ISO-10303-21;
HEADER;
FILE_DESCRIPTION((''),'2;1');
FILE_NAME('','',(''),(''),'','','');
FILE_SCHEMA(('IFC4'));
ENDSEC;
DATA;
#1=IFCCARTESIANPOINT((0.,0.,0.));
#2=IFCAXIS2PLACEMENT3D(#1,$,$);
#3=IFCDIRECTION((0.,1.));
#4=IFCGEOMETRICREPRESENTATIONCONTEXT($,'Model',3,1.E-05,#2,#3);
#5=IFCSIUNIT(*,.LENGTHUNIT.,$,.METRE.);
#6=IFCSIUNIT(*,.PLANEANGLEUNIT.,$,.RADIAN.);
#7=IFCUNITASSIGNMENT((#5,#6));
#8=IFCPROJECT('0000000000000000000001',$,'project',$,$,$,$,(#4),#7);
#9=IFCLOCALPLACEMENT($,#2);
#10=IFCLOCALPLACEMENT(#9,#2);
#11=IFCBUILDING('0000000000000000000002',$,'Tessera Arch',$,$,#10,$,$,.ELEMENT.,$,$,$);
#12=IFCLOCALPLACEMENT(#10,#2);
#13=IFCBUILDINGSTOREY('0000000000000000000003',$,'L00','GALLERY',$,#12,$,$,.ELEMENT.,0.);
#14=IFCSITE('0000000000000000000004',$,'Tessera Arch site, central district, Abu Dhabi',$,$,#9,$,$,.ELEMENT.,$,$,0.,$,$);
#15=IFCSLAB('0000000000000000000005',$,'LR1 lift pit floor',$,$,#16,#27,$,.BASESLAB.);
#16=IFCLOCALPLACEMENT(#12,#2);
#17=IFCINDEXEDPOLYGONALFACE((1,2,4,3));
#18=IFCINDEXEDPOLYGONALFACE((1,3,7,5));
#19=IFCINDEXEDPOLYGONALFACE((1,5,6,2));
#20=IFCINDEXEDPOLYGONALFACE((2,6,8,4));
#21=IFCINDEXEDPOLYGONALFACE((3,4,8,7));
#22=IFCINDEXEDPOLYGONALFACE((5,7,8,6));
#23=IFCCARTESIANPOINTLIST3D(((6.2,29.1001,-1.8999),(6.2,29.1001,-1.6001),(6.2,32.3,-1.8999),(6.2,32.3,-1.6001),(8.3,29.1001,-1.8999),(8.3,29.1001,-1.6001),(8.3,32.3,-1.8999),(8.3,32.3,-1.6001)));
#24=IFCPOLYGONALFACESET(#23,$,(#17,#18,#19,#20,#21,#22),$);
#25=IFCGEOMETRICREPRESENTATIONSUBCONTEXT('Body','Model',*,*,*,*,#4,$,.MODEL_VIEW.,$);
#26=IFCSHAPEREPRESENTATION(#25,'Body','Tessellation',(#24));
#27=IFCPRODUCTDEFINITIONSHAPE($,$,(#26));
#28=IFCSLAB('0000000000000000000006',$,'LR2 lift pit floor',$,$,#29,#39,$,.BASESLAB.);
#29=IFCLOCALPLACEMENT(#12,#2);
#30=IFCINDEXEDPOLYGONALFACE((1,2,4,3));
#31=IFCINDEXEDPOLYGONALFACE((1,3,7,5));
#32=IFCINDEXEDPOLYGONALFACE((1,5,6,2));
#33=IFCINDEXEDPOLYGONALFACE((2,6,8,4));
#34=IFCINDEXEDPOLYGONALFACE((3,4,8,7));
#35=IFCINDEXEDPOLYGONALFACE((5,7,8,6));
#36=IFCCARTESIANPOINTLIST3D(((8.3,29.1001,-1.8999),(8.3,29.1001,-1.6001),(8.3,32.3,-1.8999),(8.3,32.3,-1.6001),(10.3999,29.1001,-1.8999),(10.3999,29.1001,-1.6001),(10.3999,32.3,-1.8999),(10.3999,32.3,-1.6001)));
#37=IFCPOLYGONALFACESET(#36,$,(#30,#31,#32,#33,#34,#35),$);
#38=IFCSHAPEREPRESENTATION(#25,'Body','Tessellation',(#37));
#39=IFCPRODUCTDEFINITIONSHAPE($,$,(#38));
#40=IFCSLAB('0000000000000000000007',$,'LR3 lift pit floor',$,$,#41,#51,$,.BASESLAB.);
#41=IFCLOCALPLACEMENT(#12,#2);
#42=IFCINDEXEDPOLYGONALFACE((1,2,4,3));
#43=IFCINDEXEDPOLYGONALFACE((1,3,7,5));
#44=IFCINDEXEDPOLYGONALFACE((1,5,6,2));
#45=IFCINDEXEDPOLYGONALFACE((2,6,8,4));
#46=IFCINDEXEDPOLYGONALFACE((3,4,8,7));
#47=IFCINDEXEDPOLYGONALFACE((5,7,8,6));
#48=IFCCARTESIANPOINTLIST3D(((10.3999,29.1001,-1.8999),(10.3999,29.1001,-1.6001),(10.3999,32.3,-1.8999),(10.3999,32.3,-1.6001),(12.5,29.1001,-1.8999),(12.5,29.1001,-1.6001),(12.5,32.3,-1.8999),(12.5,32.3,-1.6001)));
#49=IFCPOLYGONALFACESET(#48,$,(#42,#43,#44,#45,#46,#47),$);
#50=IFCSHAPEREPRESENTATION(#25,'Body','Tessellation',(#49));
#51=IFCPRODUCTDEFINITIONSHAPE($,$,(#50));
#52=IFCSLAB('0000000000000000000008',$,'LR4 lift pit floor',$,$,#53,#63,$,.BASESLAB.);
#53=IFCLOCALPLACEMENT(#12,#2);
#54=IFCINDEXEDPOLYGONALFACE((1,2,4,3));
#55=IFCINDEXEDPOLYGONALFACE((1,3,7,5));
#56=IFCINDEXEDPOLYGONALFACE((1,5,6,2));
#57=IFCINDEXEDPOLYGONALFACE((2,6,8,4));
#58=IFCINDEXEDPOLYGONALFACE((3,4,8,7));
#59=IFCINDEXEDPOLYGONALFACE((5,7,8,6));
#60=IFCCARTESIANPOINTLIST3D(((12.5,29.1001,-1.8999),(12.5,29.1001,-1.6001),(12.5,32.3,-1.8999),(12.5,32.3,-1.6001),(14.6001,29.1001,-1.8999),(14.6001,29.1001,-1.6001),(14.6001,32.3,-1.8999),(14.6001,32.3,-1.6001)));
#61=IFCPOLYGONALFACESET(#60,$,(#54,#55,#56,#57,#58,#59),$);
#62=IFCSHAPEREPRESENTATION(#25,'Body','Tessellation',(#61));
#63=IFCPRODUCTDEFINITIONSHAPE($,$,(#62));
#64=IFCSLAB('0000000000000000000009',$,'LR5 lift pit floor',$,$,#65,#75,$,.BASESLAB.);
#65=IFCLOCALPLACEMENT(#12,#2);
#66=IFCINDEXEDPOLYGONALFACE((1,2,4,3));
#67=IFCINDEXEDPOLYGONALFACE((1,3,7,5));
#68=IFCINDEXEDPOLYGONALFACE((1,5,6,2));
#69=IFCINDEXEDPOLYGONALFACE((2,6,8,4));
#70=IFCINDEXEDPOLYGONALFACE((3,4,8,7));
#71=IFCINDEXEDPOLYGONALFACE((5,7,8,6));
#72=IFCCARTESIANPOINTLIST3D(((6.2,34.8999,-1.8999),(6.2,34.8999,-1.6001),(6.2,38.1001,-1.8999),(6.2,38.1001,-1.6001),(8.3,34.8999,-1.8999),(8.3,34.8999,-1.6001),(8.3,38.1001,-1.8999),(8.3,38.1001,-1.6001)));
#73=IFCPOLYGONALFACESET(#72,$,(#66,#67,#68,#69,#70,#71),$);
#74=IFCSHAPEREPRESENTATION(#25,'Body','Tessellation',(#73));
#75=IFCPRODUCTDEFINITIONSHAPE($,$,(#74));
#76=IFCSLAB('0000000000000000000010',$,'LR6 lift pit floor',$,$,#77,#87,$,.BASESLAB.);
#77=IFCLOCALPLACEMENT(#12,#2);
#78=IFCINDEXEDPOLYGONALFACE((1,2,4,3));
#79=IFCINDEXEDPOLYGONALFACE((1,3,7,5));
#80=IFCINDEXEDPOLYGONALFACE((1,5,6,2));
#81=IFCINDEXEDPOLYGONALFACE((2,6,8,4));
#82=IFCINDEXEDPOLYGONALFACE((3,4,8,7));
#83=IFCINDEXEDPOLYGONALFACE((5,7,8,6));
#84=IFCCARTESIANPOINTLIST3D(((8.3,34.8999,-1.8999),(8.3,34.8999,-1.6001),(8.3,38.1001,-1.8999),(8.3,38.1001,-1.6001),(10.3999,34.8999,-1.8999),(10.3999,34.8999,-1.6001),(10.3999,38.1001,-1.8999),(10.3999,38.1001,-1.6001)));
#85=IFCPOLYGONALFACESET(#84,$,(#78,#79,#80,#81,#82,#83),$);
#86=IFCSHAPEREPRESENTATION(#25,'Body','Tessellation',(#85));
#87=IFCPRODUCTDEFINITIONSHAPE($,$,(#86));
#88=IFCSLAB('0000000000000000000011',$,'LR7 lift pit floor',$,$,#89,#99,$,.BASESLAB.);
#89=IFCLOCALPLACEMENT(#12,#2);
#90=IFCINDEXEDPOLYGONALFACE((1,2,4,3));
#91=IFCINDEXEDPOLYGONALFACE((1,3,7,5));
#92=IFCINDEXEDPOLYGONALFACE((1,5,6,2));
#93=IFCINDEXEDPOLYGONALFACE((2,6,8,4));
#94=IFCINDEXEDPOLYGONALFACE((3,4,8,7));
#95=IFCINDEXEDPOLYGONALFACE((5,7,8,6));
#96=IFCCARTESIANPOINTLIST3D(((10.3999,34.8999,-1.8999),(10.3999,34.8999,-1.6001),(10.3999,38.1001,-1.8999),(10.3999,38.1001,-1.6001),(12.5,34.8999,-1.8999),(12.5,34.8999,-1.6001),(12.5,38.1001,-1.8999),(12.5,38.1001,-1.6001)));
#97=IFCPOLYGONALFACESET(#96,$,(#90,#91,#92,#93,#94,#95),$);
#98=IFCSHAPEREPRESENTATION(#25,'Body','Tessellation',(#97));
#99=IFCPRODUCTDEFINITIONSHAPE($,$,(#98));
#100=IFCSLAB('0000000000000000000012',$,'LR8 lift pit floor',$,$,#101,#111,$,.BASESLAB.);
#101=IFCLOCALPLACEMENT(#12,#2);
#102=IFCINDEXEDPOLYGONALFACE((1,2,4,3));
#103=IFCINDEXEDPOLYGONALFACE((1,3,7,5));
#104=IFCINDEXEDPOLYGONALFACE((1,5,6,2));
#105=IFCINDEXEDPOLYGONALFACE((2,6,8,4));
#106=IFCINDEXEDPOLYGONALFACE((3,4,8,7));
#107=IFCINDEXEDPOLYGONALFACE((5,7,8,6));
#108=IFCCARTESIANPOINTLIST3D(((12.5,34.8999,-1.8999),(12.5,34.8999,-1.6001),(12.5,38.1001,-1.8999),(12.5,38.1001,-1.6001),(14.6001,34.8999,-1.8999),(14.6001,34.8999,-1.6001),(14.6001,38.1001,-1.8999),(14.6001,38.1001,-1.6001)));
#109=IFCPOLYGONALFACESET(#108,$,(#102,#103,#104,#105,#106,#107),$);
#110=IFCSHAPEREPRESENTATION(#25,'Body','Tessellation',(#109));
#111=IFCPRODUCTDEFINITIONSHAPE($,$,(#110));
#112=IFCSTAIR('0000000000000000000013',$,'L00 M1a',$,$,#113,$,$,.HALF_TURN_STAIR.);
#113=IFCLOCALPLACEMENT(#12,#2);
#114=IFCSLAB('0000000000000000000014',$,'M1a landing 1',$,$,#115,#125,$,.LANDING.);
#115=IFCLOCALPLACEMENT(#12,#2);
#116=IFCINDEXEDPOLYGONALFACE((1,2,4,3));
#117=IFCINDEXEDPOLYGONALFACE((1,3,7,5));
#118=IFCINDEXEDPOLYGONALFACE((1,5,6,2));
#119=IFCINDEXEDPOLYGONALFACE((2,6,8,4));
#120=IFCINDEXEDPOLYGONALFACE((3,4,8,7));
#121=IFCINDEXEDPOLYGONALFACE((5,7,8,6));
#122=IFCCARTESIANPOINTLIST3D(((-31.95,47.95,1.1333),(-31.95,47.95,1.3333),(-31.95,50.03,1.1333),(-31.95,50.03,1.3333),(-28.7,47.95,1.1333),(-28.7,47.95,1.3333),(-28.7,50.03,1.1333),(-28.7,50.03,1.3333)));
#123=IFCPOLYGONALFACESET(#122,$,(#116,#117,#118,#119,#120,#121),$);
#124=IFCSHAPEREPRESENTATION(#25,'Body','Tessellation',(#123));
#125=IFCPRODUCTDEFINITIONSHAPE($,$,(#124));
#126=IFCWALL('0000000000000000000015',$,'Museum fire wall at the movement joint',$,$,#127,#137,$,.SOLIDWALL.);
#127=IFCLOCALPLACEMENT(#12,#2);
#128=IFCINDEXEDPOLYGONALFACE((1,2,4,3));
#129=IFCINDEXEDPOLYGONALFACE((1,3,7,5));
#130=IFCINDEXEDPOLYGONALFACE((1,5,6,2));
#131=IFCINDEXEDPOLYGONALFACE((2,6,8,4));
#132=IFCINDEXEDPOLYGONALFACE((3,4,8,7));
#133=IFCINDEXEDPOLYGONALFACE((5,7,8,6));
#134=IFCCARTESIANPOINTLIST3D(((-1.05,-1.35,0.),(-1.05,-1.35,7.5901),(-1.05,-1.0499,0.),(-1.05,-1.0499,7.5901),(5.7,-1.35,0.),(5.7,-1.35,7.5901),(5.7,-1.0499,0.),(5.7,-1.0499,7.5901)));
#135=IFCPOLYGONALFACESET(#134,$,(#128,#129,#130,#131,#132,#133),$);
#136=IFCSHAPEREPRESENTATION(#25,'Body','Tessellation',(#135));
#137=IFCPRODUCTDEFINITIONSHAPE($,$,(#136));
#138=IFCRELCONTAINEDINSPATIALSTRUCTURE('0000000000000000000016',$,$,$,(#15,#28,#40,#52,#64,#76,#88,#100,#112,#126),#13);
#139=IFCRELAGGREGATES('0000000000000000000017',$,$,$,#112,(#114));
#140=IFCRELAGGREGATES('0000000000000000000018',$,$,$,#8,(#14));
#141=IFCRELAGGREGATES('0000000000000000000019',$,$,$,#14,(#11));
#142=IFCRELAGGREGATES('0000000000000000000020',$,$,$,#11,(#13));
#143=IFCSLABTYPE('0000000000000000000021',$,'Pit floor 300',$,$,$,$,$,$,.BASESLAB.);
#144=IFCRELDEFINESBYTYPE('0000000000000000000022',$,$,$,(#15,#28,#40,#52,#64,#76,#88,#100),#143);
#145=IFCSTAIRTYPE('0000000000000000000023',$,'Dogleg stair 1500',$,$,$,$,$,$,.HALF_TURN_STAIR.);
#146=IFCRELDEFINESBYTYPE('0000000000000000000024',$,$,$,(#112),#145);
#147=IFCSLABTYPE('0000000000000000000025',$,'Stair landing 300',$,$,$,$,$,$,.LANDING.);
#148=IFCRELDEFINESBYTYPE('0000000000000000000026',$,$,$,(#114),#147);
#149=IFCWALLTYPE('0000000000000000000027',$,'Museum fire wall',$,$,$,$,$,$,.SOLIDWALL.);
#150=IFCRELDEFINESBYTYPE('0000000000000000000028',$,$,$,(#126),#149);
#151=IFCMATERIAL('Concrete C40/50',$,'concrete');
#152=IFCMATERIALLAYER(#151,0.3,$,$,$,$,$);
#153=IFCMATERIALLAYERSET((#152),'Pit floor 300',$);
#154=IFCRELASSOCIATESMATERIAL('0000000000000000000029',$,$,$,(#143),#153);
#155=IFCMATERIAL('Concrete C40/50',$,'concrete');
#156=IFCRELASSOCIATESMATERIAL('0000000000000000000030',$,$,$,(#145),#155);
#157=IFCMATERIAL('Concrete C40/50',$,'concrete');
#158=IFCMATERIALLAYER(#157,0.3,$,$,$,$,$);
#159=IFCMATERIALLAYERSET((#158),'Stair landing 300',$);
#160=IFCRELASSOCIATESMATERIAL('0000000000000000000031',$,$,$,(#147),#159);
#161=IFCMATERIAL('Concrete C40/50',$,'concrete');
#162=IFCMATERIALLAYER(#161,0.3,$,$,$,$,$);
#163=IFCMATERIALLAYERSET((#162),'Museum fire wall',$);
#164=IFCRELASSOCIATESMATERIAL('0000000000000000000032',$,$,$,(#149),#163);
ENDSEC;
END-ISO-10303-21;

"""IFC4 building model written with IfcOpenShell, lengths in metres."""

from ifc_helpers import new_model, si_unit, direction, frame, frame_2d, origin, place, context, subcontext, project, spatial, polyline, rectangle, outline, extrude, material, layer, layer_set, type_object, element, aggregate, save


model = new_model("IFC4")

# Units and contexts
model_context = context("Model", 3, precision=1e-05, world=origin(), true_north=direction((0.0, 1.0)))
body_context = subcontext(model_context, "Body", "Model", "MODEL_VIEW")
ifc_project = project(units=[si_unit("LENGTHUNIT", "METRE"), si_unit("PLANEANGLEUNIT", "RADIAN")], contexts=[model_context])

# Site, building, storey
site_placement = place(None, origin())
site = spatial("IfcSite", under=ifc_project, at=site_placement, Name="Tessera Arch site, central district, Abu Dhabi", CompositionType="ELEMENT", RefElevation=0.0)
building_placement = place(site_placement, origin())
building = spatial("IfcBuilding", under=site, at=building_placement, Name="Tessera Arch", CompositionType="ELEMENT")
storey_placement = place(building_placement, origin())
storey = spatial("IfcBuildingStorey", under=building, at=storey_placement, Name="L00", Description="GALLERY", CompositionType="ELEMENT", Elevation=0.0)

# Slabs
ifc_material_1 = material(Name="Concrete C40/50", Category="concrete")
ifc_layer_1 = layer(ifc_material_1, 0.3)
ifc_layer_set_1 = layer_set([ifc_layer_1], Name="Pit floor 300")
slab_type_1 = type_object("IfcSlabType", Name="Pit floor 300", PredefinedType="BASESLAB", material=ifc_layer_set_1)
slab_1_placement = place(storey_placement, frame((0.0, 0.0, -1.8999)))
element("IfcSlab", 1, at=slab_1_placement, inside=storey, type_object=slab_type_1, Name="LR1 lift pit floor", PredefinedType="BASESLAB", context=body_context, shape_type="SweptSolid", body=[
    extrude(outline(polyline([(6.2, 29.1001), (8.3, 29.1001), (8.3, 32.3), (6.2, 32.3), (6.2, 29.1001)])), origin(), (0.0, 0.0, 1.0), 0.2998),
])
slab_2_placement = place(storey_placement, frame((0.0, 0.0, -1.8999)))
element("IfcSlab", 2, at=slab_2_placement, inside=storey, type_object=slab_type_1, Name="LR2 lift pit floor", PredefinedType="BASESLAB", context=body_context, shape_type="SweptSolid", body=[
    extrude(outline(polyline([(8.3, 29.1001), (10.3999, 29.1001), (10.3999, 32.3), (8.3, 32.3), (8.3, 29.1001)])), origin(), (0.0, 0.0, 1.0), 0.2998),
])
slab_3_placement = place(storey_placement, frame((0.0, 0.0, -1.8999)))
element("IfcSlab", 3, at=slab_3_placement, inside=storey, type_object=slab_type_1, Name="LR3 lift pit floor", PredefinedType="BASESLAB", context=body_context, shape_type="SweptSolid", body=[
    extrude(outline(polyline([(10.3999, 29.1001), (12.5, 29.1001), (12.5, 32.3), (10.3999, 32.3), (10.3999, 29.1001)])), origin(), (0.0, 0.0, 1.0), 0.2998),
])
slab_4_placement = place(storey_placement, frame((0.0, 0.0, -1.8999)))
element("IfcSlab", 4, at=slab_4_placement, inside=storey, type_object=slab_type_1, Name="LR4 lift pit floor", PredefinedType="BASESLAB", context=body_context, shape_type="SweptSolid", body=[
    extrude(outline(polyline([(12.5, 29.1001), (14.6001, 29.1001), (14.6001, 32.3), (12.5, 32.3), (12.5, 29.1001)])), origin(), (0.0, 0.0, 1.0), 0.2998),
])
slab_5_placement = place(storey_placement, frame((0.0, 0.0, -1.8999)))
element("IfcSlab", 5, at=slab_5_placement, inside=storey, type_object=slab_type_1, Name="LR5 lift pit floor", PredefinedType="BASESLAB", context=body_context, shape_type="SweptSolid", body=[
    extrude(outline(polyline([(6.2, 34.8999), (8.3, 34.8999), (8.3, 38.1001), (6.2, 38.1001), (6.2, 34.8999)])), origin(), (0.0, 0.0, 1.0), 0.2998),
])
slab_6_placement = place(storey_placement, frame((0.0, 0.0, -1.8999)))
element("IfcSlab", 6, at=slab_6_placement, inside=storey, type_object=slab_type_1, Name="LR6 lift pit floor", PredefinedType="BASESLAB", context=body_context, shape_type="SweptSolid", body=[
    extrude(outline(polyline([(8.3, 34.8999), (10.3999, 34.8999), (10.3999, 38.1001), (8.3, 38.1001), (8.3, 34.8999)])), origin(), (0.0, 0.0, 1.0), 0.2998),
])
slab_7_placement = place(storey_placement, frame((0.0, 0.0, -1.8999)))
element("IfcSlab", 7, at=slab_7_placement, inside=storey, type_object=slab_type_1, Name="LR7 lift pit floor", PredefinedType="BASESLAB", context=body_context, shape_type="SweptSolid", body=[
    extrude(outline(polyline([(10.3999, 34.8999), (12.5, 34.8999), (12.5, 38.1001), (10.3999, 38.1001), (10.3999, 34.8999)])), origin(), (0.0, 0.0, 1.0), 0.2998),
])
slab_8_placement = place(storey_placement, frame((0.0, 0.0, -1.8999)))
element("IfcSlab", 8, at=slab_8_placement, inside=storey, type_object=slab_type_1, Name="LR8 lift pit floor", PredefinedType="BASESLAB", context=body_context, shape_type="SweptSolid", body=[
    extrude(outline(polyline([(12.5, 34.8999), (14.6001, 34.8999), (14.6001, 38.1001), (12.5, 38.1001), (12.5, 34.8999)])), origin(), (0.0, 0.0, 1.0), 0.2998),
])

# Stair, slab
ifc_material_2 = material(Name="Concrete C40/50", Category="concrete")
stair_type = type_object("IfcStairType", Name="Dogleg stair 1500", PredefinedType="HALF_TURN_STAIR", material=ifc_material_2)
stair_placement = place(storey_placement, origin())
stair = element("IfcStair", 9, at=stair_placement, inside=storey, type_object=stair_type, Name="L00 M1a", PredefinedType="HALF_TURN_STAIR")
ifc_material_3 = material(Name="Concrete C40/50", Category="concrete")
ifc_layer_2 = layer(ifc_material_3, 0.3)
ifc_layer_set_2 = layer_set([ifc_layer_2], Name="Stair landing 300")
slab_type_2 = type_object("IfcSlabType", Name="Stair landing 300", PredefinedType="LANDING", material=ifc_layer_set_2)
slab_9_placement = place(storey_placement, frame((0.0, 0.0, 1.1333)))
slab_9 = element("IfcSlab", 10, at=slab_9_placement, type_object=slab_type_2, Name="M1a landing 1", PredefinedType="LANDING", context=body_context, shape_type="SweptSolid", body=[
    extrude(outline(polyline([(-31.95, 50.03), (-31.95, 47.95), (-28.7, 47.95), (-28.7, 50.03), (-31.95, 50.03)])), origin(), (0.0, 0.0, 1.0), 0.2),
])
aggregate(stair, [slab_9])

# Wall
ifc_material_4 = material(Name="Concrete C40/50", Category="concrete")
ifc_layer_3 = layer(ifc_material_4, 0.3)
ifc_layer_set_3 = layer_set([ifc_layer_3], Name="Museum fire wall")
wall_type = type_object("IfcWallType", Name="Museum fire wall", PredefinedType="SOLIDWALL", material=ifc_layer_set_3)
wall_placement = place(storey_placement, frame((5.7, -1.2, 0.0), z_axis=(0.0, 0.0, 1.0), x_axis=(-1.0, 0.0, 0.0)))
element("IfcWall", 11, at=wall_placement, inside=storey, type_object=wall_type, Name="Museum fire wall at the movement joint", PredefinedType="SOLIDWALL", context=body_context, shape_type="SweptSolid", body=[
    extrude(rectangle(XDim=6.75, YDim=0.3, at=frame_2d((3.375, 0.0))), origin(), (0.0, 0.0, 1.0), 7.5901),
])

save(model, "model.ifc")
